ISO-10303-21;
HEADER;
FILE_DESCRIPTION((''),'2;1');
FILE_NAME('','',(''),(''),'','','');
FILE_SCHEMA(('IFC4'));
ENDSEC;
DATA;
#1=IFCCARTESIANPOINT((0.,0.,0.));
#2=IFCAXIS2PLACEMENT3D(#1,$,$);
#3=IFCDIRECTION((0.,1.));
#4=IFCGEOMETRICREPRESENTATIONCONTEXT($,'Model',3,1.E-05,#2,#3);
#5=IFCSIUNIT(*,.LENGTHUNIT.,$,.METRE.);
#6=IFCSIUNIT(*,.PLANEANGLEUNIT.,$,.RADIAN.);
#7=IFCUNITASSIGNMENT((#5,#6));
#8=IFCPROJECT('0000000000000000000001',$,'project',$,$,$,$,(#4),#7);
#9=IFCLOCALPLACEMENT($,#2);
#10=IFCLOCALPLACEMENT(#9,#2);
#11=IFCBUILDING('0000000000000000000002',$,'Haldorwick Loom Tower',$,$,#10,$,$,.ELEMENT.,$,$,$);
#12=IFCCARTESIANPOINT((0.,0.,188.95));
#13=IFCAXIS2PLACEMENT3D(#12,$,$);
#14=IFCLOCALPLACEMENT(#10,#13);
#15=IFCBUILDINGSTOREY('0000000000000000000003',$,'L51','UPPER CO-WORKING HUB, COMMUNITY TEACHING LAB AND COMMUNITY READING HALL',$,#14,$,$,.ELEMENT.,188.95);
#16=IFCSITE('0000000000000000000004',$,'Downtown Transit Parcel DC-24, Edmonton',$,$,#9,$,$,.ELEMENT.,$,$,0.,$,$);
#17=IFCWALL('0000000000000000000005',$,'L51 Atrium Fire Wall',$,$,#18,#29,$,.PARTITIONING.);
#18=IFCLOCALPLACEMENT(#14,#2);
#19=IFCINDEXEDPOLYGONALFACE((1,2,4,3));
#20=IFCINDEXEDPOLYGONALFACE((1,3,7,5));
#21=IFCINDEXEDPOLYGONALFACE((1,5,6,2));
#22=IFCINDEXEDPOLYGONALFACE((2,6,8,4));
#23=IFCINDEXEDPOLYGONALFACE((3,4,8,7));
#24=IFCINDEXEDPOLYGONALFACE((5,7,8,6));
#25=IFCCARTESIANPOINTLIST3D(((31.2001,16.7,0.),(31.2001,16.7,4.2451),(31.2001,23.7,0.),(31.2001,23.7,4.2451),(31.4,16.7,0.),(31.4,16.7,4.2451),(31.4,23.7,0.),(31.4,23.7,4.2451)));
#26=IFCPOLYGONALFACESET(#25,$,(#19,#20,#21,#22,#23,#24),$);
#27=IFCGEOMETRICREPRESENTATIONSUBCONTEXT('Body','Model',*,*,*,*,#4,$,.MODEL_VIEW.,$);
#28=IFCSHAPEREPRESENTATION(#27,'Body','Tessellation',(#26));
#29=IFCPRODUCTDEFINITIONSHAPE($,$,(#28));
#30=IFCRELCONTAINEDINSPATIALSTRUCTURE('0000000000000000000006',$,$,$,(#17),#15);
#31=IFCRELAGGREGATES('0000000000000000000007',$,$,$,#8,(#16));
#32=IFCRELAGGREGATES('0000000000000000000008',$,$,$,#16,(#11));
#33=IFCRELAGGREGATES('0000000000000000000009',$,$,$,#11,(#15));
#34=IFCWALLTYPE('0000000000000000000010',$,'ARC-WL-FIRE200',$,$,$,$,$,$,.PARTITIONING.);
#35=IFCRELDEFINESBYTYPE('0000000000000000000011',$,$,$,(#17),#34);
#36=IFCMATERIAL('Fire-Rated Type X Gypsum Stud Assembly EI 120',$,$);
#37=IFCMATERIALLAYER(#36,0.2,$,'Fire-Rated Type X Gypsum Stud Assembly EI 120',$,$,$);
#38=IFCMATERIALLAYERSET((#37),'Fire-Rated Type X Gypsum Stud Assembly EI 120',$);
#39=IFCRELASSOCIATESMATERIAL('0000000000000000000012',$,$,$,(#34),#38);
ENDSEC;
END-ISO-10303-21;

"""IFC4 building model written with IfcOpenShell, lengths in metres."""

from ifc_helpers import new_model, si_unit, direction, frame, frame_2d, origin, place, context, subcontext, project, spatial, rectangle, extrude, material, layer, layer_set, type_object, element, save


model = new_model("IFC4")

# Units and contexts
model_context = context("Model", 3, precision=1e-05, world=origin(), true_north=direction((0.0, 1.0)))
body_context = subcontext(model_context, "Body", "Model", "MODEL_VIEW")
ifc_project = project(units=[si_unit("LENGTHUNIT", "METRE"), si_unit("PLANEANGLEUNIT", "RADIAN")], contexts=[model_context])

# Site, building, storey
site_placement = place(None, origin())
site = spatial("IfcSite", under=ifc_project, at=site_placement, Name="Downtown Transit Parcel DC-24, Edmonton", CompositionType="ELEMENT", RefElevation=0.0)
building_placement = place(site_placement, origin())
building = spatial("IfcBuilding", under=site, at=building_placement, Name="Haldorwick Loom Tower", CompositionType="ELEMENT")
storey_placement = place(building_placement, frame((0.0, 0.0, 188.95)))
storey = spatial("IfcBuildingStorey", under=building, at=storey_placement, Name="L51", Description="UPPER CO-WORKING HUB, COMMUNITY TEACHING LAB AND COMMUNITY READING HALL", CompositionType="ELEMENT", Elevation=188.95)

# Wall
ifc_material_1 = material(Name="Fire-Rated Type X Gypsum Stud Assembly EI 120")
ifc_layer_1 = layer(ifc_material_1, 0.2, Name="Fire-Rated Type X Gypsum Stud Assembly EI 120")
ifc_layer_set_1 = layer_set([ifc_layer_1], Name="Fire-Rated Type X Gypsum Stud Assembly EI 120")
wall_type = type_object("IfcWallType", Name="ARC-WL-FIRE200", PredefinedType="PARTITIONING", material=ifc_layer_set_1)
wall_placement = place(storey_placement, frame((31.3, 16.7, 0.0), z_axis=(0.0, 0.0, 1.0), x_axis=(0.0, 1.0, 0.0)))
element("IfcWall", 1, at=wall_placement, inside=storey, type_object=wall_type, Name="L51 Atrium Fire Wall", PredefinedType="PARTITIONING", context=body_context, shape_type="SweptSolid", body=[
    extrude(rectangle(XDim=7.0, YDim=0.2, at=frame_2d((3.5, 0.0))), origin(), (0.0, 0.0, 1.0), 4.2451),
])

save(model, "model.ifc")
